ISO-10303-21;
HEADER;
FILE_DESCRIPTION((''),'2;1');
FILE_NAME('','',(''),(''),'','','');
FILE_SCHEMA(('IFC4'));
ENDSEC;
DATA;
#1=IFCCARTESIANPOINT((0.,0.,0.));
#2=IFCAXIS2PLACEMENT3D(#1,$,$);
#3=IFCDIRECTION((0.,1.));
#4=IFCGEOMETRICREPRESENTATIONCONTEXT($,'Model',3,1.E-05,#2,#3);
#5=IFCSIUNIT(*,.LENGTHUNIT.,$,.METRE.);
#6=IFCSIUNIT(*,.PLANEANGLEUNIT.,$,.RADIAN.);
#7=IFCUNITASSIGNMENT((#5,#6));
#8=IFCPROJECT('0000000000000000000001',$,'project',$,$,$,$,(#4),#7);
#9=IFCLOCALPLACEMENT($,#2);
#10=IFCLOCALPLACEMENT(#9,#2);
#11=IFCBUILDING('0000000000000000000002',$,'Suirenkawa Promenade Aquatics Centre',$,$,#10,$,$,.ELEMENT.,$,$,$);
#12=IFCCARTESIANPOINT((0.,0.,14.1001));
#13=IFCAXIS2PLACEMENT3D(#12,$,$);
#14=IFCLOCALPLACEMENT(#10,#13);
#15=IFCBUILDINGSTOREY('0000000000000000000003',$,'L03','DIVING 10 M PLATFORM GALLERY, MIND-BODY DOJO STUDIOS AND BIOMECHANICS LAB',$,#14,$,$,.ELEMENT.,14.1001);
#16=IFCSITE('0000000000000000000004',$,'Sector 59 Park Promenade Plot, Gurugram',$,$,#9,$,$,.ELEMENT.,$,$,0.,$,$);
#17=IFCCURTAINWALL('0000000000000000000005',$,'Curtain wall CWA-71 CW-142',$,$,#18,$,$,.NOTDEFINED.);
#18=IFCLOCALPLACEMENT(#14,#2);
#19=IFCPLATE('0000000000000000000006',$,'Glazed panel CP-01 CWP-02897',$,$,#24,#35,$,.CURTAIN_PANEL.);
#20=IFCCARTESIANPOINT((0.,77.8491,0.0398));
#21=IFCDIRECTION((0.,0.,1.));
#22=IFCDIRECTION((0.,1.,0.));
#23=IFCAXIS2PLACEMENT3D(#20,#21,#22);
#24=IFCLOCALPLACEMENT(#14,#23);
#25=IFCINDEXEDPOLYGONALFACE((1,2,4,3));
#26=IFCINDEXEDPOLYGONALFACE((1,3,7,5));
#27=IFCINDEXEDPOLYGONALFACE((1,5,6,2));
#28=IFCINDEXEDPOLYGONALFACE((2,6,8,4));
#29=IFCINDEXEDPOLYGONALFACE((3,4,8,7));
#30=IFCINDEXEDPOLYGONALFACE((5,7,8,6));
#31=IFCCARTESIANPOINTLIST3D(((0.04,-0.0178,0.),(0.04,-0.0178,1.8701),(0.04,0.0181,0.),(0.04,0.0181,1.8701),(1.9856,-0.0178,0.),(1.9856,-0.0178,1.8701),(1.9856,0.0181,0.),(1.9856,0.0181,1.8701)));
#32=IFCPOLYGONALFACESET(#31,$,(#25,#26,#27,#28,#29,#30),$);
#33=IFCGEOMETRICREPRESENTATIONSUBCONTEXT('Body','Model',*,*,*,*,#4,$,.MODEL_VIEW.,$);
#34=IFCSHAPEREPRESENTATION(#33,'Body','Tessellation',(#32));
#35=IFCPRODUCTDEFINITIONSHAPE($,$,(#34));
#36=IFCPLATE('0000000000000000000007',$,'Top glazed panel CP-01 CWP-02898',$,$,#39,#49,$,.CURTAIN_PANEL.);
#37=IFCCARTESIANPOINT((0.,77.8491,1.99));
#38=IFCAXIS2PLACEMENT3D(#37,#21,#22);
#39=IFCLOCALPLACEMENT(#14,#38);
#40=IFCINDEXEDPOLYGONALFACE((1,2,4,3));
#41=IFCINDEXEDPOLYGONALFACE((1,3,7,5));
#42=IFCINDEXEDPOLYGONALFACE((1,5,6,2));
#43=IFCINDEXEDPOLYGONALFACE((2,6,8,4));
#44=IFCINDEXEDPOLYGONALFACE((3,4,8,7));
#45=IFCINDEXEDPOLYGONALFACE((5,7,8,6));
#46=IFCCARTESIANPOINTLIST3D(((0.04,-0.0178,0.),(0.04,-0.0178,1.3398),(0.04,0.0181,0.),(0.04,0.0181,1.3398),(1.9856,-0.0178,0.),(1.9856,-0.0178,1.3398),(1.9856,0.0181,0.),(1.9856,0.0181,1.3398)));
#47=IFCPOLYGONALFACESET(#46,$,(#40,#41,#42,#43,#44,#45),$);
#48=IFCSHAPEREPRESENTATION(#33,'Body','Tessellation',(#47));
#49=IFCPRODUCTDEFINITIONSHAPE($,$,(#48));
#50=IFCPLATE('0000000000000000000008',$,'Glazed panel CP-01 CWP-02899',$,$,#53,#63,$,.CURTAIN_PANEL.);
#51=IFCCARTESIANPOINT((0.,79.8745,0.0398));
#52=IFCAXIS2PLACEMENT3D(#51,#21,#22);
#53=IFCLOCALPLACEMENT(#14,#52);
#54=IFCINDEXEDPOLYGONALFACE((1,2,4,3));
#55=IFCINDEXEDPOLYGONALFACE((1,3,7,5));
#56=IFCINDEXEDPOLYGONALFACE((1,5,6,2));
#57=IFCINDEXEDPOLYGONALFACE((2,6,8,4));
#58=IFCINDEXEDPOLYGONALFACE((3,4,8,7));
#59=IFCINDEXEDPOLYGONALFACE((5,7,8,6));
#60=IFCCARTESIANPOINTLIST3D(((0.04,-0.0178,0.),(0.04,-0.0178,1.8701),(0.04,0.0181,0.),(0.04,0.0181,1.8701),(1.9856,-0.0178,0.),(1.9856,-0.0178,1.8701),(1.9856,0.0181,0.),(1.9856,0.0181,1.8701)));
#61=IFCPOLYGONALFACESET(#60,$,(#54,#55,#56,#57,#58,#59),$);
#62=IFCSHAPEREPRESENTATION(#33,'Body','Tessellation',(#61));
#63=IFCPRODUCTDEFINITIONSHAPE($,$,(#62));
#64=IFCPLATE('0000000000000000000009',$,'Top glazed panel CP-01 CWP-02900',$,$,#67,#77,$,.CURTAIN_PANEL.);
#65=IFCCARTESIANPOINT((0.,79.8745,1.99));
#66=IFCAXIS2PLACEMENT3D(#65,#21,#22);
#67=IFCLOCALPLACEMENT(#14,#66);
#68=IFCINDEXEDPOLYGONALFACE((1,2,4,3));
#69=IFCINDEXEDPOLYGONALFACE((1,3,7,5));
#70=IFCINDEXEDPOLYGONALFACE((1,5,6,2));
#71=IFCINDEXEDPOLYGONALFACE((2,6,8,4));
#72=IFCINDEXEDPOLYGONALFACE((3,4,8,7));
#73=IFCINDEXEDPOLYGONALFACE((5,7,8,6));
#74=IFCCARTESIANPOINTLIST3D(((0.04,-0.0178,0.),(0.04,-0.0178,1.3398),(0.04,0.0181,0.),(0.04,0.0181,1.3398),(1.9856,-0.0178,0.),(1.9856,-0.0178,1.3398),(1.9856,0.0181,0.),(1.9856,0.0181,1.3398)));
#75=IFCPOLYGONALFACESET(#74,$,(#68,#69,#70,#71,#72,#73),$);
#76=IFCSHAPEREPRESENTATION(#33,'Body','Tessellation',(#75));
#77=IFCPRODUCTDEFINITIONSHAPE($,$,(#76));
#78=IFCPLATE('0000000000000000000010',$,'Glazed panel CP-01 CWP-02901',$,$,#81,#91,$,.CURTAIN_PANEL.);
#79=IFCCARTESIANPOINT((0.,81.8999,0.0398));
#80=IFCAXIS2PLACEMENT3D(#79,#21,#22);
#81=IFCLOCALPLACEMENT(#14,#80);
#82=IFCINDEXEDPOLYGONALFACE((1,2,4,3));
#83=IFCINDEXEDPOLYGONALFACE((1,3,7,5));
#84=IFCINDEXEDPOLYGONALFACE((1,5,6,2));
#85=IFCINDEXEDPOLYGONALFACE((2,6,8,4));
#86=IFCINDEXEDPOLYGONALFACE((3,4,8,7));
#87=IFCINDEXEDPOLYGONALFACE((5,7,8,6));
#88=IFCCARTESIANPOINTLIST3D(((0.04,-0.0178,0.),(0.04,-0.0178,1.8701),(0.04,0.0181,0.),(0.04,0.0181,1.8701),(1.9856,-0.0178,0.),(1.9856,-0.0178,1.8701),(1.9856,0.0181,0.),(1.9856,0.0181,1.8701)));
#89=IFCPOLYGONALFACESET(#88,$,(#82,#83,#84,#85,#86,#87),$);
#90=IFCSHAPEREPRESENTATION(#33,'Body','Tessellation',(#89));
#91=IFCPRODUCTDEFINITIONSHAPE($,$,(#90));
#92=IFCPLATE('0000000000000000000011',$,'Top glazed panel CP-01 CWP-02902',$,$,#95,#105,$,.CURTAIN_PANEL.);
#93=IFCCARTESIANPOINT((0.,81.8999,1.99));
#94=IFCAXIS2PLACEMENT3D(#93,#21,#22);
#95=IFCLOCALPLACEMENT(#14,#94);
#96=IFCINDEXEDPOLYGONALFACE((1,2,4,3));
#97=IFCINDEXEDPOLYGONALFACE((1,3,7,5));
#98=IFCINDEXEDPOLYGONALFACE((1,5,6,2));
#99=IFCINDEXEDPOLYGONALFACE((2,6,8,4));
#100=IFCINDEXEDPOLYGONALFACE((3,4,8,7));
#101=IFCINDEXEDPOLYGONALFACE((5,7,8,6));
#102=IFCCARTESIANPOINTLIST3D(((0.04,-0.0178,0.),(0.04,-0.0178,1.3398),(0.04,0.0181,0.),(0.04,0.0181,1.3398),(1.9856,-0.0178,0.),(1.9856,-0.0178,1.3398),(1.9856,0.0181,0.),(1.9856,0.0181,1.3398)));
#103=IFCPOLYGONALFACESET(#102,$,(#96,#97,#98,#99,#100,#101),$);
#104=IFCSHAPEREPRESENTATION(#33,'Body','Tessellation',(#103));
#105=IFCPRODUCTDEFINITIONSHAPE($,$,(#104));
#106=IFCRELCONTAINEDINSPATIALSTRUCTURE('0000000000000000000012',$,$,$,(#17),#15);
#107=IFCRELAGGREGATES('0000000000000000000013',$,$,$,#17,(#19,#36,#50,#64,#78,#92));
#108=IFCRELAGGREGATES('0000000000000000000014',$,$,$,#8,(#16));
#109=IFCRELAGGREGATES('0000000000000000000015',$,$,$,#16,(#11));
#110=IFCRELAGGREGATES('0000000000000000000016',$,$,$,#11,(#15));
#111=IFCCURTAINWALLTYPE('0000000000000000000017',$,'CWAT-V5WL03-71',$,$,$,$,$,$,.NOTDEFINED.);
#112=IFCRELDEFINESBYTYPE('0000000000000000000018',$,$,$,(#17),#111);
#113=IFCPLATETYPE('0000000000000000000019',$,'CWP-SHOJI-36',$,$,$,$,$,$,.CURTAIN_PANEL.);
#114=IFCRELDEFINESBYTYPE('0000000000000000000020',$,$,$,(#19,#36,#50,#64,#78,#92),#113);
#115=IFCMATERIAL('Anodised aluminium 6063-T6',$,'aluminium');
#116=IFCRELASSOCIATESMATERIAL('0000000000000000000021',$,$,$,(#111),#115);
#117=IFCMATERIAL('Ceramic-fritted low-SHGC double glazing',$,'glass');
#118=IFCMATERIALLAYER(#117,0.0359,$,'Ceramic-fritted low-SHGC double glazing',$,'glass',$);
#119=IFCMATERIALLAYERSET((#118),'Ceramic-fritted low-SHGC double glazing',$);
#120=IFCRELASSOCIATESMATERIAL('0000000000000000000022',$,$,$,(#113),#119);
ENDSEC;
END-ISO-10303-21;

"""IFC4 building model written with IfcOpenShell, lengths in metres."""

from ifc_helpers import new_model, si_unit, direction, frame, origin, place, context, subcontext, project, spatial, polyline, outline, extrude, material, layer, layer_set, type_object, element, aggregate, save


model = new_model("IFC4")

# Units and contexts
model_context = context("Model", 3, precision=1e-05, world=origin(), true_north=direction((0.0, 1.0)))
body_context = subcontext(model_context, "Body", "Model", "MODEL_VIEW")
ifc_project = project(units=[si_unit("LENGTHUNIT", "METRE"), si_unit("PLANEANGLEUNIT", "RADIAN")], contexts=[model_context])

# Site, building, storey
site_placement = place(None, origin())
site = spatial("IfcSite", under=ifc_project, at=site_placement, Name="Sector 59 Park Promenade Plot, Gurugram", CompositionType="ELEMENT", RefElevation=0.0)
building_placement = place(site_placement, origin())
building = spatial("IfcBuilding", under=site, at=building_placement, Name="Suirenkawa Promenade Aquatics Centre", CompositionType="ELEMENT")
storey_placement = place(building_placement, frame((0.0, 0.0, 14.1001)))
storey = spatial("IfcBuildingStorey", under=building, at=storey_placement, Name="L03", Description="DIVING 10 M PLATFORM GALLERY, MIND-BODY DOJO STUDIOS AND BIOMECHANICS LAB", CompositionType="ELEMENT", Elevation=14.1001)

# Curtain wall, plates
ifc_material_1 = material(Name="Anodised aluminium 6063-T6", Category="aluminium")
curtain_wall_type = type_object("IfcCurtainWallType", Name="CWAT-V5WL03-71", PredefinedType="NOTDEFINED", material=ifc_material_1)
curtain_wall_placement = place(storey_placement, origin())
curtain_wall = element("IfcCurtainWall", 1, at=curtain_wall_placement, inside=storey, type_object=curtain_wall_type, Name="Curtain wall CWA-71 CW-142", PredefinedType="NOTDEFINED")
ifc_material_2 = material(Name="Ceramic-fritted low-SHGC double glazing", Category="glass")
ifc_layer = layer(ifc_material_2, 0.0359, Name="Ceramic-fritted low-SHGC double glazing", Category="glass")
ifc_layer_set = layer_set([ifc_layer], Name="Ceramic-fritted low-SHGC double glazing")
plate_type = type_object("IfcPlateType", Name="CWP-SHOJI-36", PredefinedType="CURTAIN_PANEL", material=ifc_layer_set)
plate_1_placement = place(storey_placement, frame((0.0, 77.8491, 0.0398), z_axis=(0.0, 0.0, 1.0), x_axis=(0.0, 1.0, 0.0)))
plate_1 = element("IfcPlate", 2, at=plate_1_placement, type_object=plate_type, Name="Glazed panel CP-01 CWP-02897", PredefinedType="CURTAIN_PANEL", context=body_context, shape_type="SweptSolid", body=[
    extrude(outline(polyline([(0.04, 0.0), (1.9856, 0.0), (1.9856, 1.8701), (0.04, 1.8701), (0.04, 0.0)])), frame((0.0, 0.0181, 0.0), z_axis=(0.0, -1.0, 0.0), x_axis=(1.0, 0.0, 0.0)), (0.0, 0.0, 1.0), 0.0359),
])
plate_2_placement = place(storey_placement, frame((0.0, 77.8491, 1.99), z_axis=(0.0, 0.0, 1.0), x_axis=(0.0, 1.0, 0.0)))
plate_2 = element("IfcPlate", 3, at=plate_2_placement, type_object=plate_type, Name="Top glazed panel CP-01 CWP-02898", PredefinedType="CURTAIN_PANEL", context=body_context, shape_type="SweptSolid", body=[
    extrude(outline(polyline([(0.04, 0.0), (1.9856, 0.0), (1.9856, 1.3398), (0.04, 1.3398), (0.04, 0.0)])), frame((0.0, 0.0181, 0.0), z_axis=(0.0, -1.0, 0.0), x_axis=(1.0, 0.0, 0.0)), (0.0, 0.0, 1.0), 0.0359),
])
plate_3_placement = place(storey_placement, frame((0.0, 79.8745, 0.0398), z_axis=(0.0, 0.0, 1.0), x_axis=(0.0, 1.0, 0.0)))
plate_3 = element("IfcPlate", 4, at=plate_3_placement, type_object=plate_type, Name="Glazed panel CP-01 CWP-02899", PredefinedType="CURTAIN_PANEL", context=body_context, shape_type="SweptSolid", body=[
    extrude(outline(polyline([(0.04, 0.0), (1.9856, 0.0), (1.9856, 1.8701), (0.04, 1.8701), (0.04, 0.0)])), frame((0.0, 0.0181, 0.0), z_axis=(0.0, -1.0, 0.0), x_axis=(1.0, 0.0, 0.0)), (0.0, 0.0, 1.0), 0.0359),
])
plate_4_placement = place(storey_placement, frame((0.0, 79.8745, 1.99), z_axis=(0.0, 0.0, 1.0), x_axis=(0.0, 1.0, 0.0)))
plate_4 = element("IfcPlate", 5, at=plate_4_placement, type_object=plate_type, Name="Top glazed panel CP-01 CWP-02900", PredefinedType="CURTAIN_PANEL", context=body_context, shape_type="SweptSolid", body=[
    extrude(outline(polyline([(0.04, 0.0), (1.9856, 0.0), (1.9856, 1.3398), (0.04, 1.3398), (0.04, 0.0)])), frame((0.0, 0.0181, 0.0), z_axis=(0.0, -1.0, 0.0), x_axis=(1.0, 0.0, 0.0)), (0.0, 0.0, 1.0), 0.0359),
])
plate_5_placement = place(storey_placement, frame((0.0, 81.8999, 0.0398), z_axis=(0.0, 0.0, 1.0), x_axis=(0.0, 1.0, 0.0)))
plate_5 = element("IfcPlate", 6, at=plate_5_placement, type_object=plate_type, Name="Glazed panel CP-01 CWP-02901", PredefinedType="CURTAIN_PANEL", context=body_context, shape_type="SweptSolid", body=[
    extrude(outline(polyline([(0.04, 0.0), (1.9856, 0.0), (1.9856, 1.8701), (0.04, 1.8701), (0.04, 0.0)])), frame((0.0, 0.0181, 0.0), z_axis=(0.0, -1.0, 0.0), x_axis=(1.0, 0.0, 0.0)), (0.0, 0.0, 1.0), 0.0359),
])
plate_6_placement = place(storey_placement, frame((0.0, 81.8999, 1.99), z_axis=(0.0, 0.0, 1.0), x_axis=(0.0, 1.0, 0.0)))
plate_6 = element("IfcPlate", 7, at=plate_6_placement, type_object=plate_type, Name="Top glazed panel CP-01 CWP-02902", PredefinedType="CURTAIN_PANEL", context=body_context, shape_type="SweptSolid", body=[
    extrude(outline(polyline([(0.04, 0.0), (1.9856, 0.0), (1.9856, 1.3398), (0.04, 1.3398), (0.04, 0.0)])), frame((0.0, 0.0181, 0.0), z_axis=(0.0, -1.0, 0.0), x_axis=(1.0, 0.0, 0.0)), (0.0, 0.0, 1.0), 0.0359),
])
aggregate(curtain_wall, [plate_1, plate_2, plate_3, plate_4, plate_5, plate_6])

save(model, "model.ifc")
